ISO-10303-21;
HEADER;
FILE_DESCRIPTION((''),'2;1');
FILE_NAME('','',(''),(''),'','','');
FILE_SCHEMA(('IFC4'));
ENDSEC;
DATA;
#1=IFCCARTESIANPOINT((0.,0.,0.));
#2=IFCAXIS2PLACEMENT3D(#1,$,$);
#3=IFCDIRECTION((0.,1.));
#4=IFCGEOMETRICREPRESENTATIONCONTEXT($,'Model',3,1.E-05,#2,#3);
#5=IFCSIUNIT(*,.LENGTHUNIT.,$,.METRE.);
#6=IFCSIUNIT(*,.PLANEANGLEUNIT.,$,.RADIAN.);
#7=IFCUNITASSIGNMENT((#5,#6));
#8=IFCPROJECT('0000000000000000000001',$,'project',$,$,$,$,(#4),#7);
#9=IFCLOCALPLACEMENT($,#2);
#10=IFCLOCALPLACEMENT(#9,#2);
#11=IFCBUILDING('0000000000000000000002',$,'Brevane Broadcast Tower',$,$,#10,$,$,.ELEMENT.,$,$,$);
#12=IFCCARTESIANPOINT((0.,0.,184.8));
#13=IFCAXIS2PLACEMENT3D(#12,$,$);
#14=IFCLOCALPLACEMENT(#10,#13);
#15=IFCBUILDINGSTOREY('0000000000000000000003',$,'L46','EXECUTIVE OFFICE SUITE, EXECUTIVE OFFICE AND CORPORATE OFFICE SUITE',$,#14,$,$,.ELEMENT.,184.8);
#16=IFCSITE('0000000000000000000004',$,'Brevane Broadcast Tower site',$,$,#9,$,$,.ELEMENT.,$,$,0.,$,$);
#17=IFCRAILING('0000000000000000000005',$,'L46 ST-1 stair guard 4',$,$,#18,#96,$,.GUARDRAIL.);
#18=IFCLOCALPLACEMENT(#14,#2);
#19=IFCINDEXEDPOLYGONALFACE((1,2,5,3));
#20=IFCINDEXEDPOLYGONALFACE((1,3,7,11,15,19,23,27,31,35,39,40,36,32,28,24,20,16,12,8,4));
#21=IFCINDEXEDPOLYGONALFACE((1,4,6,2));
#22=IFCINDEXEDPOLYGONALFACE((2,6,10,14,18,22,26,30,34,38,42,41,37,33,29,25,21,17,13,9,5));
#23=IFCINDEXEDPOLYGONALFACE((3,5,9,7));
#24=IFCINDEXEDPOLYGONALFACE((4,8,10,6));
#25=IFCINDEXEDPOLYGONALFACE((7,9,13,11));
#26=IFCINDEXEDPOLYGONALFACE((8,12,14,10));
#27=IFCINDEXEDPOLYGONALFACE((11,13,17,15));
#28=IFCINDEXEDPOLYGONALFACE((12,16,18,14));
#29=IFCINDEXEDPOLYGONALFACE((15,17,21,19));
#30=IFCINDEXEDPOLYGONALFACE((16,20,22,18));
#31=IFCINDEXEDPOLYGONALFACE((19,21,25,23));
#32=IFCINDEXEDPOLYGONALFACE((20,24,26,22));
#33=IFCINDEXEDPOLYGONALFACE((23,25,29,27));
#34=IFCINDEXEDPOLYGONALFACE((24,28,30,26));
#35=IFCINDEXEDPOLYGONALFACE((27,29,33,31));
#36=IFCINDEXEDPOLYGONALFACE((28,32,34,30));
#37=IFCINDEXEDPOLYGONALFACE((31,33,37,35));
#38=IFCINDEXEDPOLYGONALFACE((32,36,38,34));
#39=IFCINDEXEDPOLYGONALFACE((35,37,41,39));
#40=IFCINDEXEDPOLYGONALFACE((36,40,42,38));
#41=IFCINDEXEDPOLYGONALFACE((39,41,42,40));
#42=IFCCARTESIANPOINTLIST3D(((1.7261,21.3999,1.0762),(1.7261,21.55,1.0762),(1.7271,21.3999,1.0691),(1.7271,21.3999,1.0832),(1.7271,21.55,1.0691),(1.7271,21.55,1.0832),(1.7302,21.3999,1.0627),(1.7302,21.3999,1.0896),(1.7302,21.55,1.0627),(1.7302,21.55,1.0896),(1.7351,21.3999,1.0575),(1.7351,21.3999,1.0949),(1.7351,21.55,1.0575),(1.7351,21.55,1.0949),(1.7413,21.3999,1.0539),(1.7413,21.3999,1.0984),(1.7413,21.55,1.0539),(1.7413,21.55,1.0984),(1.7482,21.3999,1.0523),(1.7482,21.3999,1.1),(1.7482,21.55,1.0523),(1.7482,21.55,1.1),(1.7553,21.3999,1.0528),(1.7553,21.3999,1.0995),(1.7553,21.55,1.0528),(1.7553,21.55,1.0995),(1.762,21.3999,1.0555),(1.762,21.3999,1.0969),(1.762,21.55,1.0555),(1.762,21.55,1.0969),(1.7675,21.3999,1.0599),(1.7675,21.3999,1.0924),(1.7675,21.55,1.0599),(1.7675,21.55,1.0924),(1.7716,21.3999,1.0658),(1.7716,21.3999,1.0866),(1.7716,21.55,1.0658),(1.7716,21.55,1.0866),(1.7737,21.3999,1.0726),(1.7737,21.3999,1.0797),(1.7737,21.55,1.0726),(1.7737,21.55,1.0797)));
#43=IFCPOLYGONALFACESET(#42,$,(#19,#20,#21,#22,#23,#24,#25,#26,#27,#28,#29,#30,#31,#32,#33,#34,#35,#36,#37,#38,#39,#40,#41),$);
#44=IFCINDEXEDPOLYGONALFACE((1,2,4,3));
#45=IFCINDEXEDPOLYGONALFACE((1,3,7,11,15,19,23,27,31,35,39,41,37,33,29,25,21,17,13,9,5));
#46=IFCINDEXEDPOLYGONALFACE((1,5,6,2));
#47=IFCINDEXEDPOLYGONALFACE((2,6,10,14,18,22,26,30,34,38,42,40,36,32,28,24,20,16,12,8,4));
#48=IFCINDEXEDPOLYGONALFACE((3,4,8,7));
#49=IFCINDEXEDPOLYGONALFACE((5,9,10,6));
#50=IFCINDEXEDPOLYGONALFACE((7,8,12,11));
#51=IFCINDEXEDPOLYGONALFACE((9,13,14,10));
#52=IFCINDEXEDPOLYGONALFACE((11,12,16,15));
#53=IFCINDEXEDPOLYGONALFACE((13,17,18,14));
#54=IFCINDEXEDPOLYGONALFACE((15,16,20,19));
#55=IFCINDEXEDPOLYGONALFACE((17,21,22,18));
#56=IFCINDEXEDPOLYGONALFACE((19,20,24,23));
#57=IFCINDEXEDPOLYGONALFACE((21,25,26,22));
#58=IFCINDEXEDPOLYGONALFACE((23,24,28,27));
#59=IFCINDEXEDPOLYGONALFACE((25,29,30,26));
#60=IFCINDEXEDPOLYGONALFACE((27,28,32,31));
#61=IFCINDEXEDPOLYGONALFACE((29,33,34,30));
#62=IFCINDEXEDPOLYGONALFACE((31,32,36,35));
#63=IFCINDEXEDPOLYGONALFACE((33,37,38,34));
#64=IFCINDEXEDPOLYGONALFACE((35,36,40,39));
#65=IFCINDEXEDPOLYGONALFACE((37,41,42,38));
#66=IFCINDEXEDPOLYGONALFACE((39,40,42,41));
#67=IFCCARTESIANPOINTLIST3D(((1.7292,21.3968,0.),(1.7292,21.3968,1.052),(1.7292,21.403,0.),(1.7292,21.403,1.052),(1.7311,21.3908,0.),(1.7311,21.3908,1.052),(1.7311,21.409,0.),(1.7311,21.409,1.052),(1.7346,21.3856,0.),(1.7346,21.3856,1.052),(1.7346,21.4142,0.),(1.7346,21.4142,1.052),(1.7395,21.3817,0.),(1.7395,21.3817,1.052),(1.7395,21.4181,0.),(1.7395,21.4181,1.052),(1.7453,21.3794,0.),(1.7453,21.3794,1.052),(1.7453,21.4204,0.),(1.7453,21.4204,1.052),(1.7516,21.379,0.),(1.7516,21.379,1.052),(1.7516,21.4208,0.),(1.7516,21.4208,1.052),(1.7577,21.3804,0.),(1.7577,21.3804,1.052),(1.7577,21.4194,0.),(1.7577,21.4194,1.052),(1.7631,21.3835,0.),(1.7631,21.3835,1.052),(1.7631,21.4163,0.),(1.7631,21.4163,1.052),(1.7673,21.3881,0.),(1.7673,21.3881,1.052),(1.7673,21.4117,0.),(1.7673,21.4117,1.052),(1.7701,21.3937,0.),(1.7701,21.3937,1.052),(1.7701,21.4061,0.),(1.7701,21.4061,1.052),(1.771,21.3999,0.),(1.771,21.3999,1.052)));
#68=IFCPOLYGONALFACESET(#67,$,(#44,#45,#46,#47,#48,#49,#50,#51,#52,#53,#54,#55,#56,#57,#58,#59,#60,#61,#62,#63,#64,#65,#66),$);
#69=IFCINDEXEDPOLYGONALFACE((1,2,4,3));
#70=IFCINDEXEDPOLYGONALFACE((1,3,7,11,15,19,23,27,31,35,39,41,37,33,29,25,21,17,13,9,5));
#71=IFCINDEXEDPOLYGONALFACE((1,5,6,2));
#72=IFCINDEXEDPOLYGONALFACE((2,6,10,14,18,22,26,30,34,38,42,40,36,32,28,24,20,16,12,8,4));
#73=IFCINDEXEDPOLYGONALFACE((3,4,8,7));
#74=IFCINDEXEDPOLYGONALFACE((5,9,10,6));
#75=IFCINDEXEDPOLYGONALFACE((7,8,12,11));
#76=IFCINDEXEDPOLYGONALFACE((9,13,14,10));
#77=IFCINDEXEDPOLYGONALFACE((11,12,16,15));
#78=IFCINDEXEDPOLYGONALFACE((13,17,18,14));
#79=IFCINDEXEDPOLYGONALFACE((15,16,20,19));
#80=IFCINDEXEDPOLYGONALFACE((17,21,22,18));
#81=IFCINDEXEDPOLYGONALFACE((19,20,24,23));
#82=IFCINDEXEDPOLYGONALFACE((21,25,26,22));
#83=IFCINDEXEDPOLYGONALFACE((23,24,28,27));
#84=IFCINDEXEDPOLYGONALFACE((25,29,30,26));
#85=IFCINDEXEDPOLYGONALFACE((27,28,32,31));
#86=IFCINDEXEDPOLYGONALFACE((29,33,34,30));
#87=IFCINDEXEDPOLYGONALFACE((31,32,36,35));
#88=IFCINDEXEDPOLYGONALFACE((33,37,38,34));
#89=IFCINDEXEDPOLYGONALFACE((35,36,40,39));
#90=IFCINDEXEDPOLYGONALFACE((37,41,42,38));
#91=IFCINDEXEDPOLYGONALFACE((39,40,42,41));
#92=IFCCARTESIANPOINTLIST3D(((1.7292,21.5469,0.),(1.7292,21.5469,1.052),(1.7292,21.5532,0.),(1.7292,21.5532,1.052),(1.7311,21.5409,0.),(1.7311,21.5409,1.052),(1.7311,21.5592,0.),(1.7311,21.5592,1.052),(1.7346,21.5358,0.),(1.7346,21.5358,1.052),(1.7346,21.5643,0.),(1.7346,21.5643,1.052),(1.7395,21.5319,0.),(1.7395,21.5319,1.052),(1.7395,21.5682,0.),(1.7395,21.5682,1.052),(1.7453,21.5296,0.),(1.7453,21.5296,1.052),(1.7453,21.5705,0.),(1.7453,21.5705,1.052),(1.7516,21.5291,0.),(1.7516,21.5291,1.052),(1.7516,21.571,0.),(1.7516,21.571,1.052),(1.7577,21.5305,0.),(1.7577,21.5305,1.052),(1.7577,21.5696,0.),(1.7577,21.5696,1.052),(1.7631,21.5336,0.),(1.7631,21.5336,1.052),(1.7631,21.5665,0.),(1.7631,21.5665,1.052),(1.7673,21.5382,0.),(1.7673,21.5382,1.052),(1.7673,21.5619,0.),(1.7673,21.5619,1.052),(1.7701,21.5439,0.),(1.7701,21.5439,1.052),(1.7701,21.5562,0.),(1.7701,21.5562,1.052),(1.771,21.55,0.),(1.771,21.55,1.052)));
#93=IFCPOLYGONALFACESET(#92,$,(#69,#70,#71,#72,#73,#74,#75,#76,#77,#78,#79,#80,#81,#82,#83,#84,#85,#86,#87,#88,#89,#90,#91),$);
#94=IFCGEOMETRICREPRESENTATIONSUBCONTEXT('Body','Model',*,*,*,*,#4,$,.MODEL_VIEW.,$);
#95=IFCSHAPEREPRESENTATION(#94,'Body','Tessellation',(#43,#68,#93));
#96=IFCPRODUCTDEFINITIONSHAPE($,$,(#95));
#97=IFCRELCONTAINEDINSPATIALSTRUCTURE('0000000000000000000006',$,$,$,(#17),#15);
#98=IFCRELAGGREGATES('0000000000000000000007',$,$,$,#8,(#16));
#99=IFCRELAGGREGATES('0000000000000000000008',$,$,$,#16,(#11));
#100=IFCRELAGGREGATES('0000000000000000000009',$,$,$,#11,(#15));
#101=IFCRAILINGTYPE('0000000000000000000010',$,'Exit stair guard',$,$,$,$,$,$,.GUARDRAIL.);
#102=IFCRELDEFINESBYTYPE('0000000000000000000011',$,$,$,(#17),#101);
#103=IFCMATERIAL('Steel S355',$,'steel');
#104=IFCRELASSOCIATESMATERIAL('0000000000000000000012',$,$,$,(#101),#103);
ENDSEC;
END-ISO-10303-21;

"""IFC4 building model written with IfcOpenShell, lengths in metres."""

from ifc_helpers import new_model, si_unit, direction, frame, origin, origin_2d, place, context, subcontext, project, spatial, circle, extrude, material, type_object, element, save


model = new_model("IFC4")

# Units and contexts
model_context = context("Model", 3, precision=1e-05, world=origin(), true_north=direction((0.0, 1.0)))
body_context = subcontext(model_context, "Body", "Model", "MODEL_VIEW")
ifc_project = project(units=[si_unit("LENGTHUNIT", "METRE"), si_unit("PLANEANGLEUNIT", "RADIAN")], contexts=[model_context])

# Site, building, storey
site_placement = place(None, origin())
site = spatial("IfcSite", under=ifc_project, at=site_placement, Name="Brevane Broadcast Tower site", CompositionType="ELEMENT", RefElevation=0.0)
building_placement = place(site_placement, origin())
building = spatial("IfcBuilding", under=site, at=building_placement, Name="Brevane Broadcast Tower", CompositionType="ELEMENT")
storey_placement = place(building_placement, frame((0.0, 0.0, 184.8)))
storey = spatial("IfcBuildingStorey", under=building, at=storey_placement, Name="L46", Description="EXECUTIVE OFFICE SUITE, EXECUTIVE OFFICE AND CORPORATE OFFICE SUITE", CompositionType="ELEMENT", Elevation=184.8)

# Railing
ifc_material_1 = material(Name="Steel S355", Category="steel")
railing_type_1 = type_object("IfcRailingType", Name="Exit stair guard", PredefinedType="GUARDRAIL", material=ifc_material_1)
railing_1_placement = place(storey_placement, frame((1.75, 21.3999, 0.0)))
element("IfcRailing", 1, at=railing_1_placement, inside=storey, type_object=railing_type_1, Name="L46 ST-1 stair guard 4", PredefinedType="GUARDRAIL", context=body_context, shape_type="SweptSolid", body=[
    extrude(circle(Radius=0.0239, at=origin_2d()), frame((0.0, 0.0, 1.0762), z_axis=(0.0, 1.0, 0.0), x_axis=(-1.0, 0.0, 0.0)), (0.0, 0.0, 1.0), 0.1501),
    extrude(circle(Radius=0.021, at=origin_2d()), origin(), (0.0, 0.0, 1.0), 1.052),
    extrude(circle(Radius=0.021, at=origin_2d()), frame((0.0, 0.1501, 0.0)), (0.0, 0.0, 1.0), 1.052),
])

save(model, "model.ifc")
